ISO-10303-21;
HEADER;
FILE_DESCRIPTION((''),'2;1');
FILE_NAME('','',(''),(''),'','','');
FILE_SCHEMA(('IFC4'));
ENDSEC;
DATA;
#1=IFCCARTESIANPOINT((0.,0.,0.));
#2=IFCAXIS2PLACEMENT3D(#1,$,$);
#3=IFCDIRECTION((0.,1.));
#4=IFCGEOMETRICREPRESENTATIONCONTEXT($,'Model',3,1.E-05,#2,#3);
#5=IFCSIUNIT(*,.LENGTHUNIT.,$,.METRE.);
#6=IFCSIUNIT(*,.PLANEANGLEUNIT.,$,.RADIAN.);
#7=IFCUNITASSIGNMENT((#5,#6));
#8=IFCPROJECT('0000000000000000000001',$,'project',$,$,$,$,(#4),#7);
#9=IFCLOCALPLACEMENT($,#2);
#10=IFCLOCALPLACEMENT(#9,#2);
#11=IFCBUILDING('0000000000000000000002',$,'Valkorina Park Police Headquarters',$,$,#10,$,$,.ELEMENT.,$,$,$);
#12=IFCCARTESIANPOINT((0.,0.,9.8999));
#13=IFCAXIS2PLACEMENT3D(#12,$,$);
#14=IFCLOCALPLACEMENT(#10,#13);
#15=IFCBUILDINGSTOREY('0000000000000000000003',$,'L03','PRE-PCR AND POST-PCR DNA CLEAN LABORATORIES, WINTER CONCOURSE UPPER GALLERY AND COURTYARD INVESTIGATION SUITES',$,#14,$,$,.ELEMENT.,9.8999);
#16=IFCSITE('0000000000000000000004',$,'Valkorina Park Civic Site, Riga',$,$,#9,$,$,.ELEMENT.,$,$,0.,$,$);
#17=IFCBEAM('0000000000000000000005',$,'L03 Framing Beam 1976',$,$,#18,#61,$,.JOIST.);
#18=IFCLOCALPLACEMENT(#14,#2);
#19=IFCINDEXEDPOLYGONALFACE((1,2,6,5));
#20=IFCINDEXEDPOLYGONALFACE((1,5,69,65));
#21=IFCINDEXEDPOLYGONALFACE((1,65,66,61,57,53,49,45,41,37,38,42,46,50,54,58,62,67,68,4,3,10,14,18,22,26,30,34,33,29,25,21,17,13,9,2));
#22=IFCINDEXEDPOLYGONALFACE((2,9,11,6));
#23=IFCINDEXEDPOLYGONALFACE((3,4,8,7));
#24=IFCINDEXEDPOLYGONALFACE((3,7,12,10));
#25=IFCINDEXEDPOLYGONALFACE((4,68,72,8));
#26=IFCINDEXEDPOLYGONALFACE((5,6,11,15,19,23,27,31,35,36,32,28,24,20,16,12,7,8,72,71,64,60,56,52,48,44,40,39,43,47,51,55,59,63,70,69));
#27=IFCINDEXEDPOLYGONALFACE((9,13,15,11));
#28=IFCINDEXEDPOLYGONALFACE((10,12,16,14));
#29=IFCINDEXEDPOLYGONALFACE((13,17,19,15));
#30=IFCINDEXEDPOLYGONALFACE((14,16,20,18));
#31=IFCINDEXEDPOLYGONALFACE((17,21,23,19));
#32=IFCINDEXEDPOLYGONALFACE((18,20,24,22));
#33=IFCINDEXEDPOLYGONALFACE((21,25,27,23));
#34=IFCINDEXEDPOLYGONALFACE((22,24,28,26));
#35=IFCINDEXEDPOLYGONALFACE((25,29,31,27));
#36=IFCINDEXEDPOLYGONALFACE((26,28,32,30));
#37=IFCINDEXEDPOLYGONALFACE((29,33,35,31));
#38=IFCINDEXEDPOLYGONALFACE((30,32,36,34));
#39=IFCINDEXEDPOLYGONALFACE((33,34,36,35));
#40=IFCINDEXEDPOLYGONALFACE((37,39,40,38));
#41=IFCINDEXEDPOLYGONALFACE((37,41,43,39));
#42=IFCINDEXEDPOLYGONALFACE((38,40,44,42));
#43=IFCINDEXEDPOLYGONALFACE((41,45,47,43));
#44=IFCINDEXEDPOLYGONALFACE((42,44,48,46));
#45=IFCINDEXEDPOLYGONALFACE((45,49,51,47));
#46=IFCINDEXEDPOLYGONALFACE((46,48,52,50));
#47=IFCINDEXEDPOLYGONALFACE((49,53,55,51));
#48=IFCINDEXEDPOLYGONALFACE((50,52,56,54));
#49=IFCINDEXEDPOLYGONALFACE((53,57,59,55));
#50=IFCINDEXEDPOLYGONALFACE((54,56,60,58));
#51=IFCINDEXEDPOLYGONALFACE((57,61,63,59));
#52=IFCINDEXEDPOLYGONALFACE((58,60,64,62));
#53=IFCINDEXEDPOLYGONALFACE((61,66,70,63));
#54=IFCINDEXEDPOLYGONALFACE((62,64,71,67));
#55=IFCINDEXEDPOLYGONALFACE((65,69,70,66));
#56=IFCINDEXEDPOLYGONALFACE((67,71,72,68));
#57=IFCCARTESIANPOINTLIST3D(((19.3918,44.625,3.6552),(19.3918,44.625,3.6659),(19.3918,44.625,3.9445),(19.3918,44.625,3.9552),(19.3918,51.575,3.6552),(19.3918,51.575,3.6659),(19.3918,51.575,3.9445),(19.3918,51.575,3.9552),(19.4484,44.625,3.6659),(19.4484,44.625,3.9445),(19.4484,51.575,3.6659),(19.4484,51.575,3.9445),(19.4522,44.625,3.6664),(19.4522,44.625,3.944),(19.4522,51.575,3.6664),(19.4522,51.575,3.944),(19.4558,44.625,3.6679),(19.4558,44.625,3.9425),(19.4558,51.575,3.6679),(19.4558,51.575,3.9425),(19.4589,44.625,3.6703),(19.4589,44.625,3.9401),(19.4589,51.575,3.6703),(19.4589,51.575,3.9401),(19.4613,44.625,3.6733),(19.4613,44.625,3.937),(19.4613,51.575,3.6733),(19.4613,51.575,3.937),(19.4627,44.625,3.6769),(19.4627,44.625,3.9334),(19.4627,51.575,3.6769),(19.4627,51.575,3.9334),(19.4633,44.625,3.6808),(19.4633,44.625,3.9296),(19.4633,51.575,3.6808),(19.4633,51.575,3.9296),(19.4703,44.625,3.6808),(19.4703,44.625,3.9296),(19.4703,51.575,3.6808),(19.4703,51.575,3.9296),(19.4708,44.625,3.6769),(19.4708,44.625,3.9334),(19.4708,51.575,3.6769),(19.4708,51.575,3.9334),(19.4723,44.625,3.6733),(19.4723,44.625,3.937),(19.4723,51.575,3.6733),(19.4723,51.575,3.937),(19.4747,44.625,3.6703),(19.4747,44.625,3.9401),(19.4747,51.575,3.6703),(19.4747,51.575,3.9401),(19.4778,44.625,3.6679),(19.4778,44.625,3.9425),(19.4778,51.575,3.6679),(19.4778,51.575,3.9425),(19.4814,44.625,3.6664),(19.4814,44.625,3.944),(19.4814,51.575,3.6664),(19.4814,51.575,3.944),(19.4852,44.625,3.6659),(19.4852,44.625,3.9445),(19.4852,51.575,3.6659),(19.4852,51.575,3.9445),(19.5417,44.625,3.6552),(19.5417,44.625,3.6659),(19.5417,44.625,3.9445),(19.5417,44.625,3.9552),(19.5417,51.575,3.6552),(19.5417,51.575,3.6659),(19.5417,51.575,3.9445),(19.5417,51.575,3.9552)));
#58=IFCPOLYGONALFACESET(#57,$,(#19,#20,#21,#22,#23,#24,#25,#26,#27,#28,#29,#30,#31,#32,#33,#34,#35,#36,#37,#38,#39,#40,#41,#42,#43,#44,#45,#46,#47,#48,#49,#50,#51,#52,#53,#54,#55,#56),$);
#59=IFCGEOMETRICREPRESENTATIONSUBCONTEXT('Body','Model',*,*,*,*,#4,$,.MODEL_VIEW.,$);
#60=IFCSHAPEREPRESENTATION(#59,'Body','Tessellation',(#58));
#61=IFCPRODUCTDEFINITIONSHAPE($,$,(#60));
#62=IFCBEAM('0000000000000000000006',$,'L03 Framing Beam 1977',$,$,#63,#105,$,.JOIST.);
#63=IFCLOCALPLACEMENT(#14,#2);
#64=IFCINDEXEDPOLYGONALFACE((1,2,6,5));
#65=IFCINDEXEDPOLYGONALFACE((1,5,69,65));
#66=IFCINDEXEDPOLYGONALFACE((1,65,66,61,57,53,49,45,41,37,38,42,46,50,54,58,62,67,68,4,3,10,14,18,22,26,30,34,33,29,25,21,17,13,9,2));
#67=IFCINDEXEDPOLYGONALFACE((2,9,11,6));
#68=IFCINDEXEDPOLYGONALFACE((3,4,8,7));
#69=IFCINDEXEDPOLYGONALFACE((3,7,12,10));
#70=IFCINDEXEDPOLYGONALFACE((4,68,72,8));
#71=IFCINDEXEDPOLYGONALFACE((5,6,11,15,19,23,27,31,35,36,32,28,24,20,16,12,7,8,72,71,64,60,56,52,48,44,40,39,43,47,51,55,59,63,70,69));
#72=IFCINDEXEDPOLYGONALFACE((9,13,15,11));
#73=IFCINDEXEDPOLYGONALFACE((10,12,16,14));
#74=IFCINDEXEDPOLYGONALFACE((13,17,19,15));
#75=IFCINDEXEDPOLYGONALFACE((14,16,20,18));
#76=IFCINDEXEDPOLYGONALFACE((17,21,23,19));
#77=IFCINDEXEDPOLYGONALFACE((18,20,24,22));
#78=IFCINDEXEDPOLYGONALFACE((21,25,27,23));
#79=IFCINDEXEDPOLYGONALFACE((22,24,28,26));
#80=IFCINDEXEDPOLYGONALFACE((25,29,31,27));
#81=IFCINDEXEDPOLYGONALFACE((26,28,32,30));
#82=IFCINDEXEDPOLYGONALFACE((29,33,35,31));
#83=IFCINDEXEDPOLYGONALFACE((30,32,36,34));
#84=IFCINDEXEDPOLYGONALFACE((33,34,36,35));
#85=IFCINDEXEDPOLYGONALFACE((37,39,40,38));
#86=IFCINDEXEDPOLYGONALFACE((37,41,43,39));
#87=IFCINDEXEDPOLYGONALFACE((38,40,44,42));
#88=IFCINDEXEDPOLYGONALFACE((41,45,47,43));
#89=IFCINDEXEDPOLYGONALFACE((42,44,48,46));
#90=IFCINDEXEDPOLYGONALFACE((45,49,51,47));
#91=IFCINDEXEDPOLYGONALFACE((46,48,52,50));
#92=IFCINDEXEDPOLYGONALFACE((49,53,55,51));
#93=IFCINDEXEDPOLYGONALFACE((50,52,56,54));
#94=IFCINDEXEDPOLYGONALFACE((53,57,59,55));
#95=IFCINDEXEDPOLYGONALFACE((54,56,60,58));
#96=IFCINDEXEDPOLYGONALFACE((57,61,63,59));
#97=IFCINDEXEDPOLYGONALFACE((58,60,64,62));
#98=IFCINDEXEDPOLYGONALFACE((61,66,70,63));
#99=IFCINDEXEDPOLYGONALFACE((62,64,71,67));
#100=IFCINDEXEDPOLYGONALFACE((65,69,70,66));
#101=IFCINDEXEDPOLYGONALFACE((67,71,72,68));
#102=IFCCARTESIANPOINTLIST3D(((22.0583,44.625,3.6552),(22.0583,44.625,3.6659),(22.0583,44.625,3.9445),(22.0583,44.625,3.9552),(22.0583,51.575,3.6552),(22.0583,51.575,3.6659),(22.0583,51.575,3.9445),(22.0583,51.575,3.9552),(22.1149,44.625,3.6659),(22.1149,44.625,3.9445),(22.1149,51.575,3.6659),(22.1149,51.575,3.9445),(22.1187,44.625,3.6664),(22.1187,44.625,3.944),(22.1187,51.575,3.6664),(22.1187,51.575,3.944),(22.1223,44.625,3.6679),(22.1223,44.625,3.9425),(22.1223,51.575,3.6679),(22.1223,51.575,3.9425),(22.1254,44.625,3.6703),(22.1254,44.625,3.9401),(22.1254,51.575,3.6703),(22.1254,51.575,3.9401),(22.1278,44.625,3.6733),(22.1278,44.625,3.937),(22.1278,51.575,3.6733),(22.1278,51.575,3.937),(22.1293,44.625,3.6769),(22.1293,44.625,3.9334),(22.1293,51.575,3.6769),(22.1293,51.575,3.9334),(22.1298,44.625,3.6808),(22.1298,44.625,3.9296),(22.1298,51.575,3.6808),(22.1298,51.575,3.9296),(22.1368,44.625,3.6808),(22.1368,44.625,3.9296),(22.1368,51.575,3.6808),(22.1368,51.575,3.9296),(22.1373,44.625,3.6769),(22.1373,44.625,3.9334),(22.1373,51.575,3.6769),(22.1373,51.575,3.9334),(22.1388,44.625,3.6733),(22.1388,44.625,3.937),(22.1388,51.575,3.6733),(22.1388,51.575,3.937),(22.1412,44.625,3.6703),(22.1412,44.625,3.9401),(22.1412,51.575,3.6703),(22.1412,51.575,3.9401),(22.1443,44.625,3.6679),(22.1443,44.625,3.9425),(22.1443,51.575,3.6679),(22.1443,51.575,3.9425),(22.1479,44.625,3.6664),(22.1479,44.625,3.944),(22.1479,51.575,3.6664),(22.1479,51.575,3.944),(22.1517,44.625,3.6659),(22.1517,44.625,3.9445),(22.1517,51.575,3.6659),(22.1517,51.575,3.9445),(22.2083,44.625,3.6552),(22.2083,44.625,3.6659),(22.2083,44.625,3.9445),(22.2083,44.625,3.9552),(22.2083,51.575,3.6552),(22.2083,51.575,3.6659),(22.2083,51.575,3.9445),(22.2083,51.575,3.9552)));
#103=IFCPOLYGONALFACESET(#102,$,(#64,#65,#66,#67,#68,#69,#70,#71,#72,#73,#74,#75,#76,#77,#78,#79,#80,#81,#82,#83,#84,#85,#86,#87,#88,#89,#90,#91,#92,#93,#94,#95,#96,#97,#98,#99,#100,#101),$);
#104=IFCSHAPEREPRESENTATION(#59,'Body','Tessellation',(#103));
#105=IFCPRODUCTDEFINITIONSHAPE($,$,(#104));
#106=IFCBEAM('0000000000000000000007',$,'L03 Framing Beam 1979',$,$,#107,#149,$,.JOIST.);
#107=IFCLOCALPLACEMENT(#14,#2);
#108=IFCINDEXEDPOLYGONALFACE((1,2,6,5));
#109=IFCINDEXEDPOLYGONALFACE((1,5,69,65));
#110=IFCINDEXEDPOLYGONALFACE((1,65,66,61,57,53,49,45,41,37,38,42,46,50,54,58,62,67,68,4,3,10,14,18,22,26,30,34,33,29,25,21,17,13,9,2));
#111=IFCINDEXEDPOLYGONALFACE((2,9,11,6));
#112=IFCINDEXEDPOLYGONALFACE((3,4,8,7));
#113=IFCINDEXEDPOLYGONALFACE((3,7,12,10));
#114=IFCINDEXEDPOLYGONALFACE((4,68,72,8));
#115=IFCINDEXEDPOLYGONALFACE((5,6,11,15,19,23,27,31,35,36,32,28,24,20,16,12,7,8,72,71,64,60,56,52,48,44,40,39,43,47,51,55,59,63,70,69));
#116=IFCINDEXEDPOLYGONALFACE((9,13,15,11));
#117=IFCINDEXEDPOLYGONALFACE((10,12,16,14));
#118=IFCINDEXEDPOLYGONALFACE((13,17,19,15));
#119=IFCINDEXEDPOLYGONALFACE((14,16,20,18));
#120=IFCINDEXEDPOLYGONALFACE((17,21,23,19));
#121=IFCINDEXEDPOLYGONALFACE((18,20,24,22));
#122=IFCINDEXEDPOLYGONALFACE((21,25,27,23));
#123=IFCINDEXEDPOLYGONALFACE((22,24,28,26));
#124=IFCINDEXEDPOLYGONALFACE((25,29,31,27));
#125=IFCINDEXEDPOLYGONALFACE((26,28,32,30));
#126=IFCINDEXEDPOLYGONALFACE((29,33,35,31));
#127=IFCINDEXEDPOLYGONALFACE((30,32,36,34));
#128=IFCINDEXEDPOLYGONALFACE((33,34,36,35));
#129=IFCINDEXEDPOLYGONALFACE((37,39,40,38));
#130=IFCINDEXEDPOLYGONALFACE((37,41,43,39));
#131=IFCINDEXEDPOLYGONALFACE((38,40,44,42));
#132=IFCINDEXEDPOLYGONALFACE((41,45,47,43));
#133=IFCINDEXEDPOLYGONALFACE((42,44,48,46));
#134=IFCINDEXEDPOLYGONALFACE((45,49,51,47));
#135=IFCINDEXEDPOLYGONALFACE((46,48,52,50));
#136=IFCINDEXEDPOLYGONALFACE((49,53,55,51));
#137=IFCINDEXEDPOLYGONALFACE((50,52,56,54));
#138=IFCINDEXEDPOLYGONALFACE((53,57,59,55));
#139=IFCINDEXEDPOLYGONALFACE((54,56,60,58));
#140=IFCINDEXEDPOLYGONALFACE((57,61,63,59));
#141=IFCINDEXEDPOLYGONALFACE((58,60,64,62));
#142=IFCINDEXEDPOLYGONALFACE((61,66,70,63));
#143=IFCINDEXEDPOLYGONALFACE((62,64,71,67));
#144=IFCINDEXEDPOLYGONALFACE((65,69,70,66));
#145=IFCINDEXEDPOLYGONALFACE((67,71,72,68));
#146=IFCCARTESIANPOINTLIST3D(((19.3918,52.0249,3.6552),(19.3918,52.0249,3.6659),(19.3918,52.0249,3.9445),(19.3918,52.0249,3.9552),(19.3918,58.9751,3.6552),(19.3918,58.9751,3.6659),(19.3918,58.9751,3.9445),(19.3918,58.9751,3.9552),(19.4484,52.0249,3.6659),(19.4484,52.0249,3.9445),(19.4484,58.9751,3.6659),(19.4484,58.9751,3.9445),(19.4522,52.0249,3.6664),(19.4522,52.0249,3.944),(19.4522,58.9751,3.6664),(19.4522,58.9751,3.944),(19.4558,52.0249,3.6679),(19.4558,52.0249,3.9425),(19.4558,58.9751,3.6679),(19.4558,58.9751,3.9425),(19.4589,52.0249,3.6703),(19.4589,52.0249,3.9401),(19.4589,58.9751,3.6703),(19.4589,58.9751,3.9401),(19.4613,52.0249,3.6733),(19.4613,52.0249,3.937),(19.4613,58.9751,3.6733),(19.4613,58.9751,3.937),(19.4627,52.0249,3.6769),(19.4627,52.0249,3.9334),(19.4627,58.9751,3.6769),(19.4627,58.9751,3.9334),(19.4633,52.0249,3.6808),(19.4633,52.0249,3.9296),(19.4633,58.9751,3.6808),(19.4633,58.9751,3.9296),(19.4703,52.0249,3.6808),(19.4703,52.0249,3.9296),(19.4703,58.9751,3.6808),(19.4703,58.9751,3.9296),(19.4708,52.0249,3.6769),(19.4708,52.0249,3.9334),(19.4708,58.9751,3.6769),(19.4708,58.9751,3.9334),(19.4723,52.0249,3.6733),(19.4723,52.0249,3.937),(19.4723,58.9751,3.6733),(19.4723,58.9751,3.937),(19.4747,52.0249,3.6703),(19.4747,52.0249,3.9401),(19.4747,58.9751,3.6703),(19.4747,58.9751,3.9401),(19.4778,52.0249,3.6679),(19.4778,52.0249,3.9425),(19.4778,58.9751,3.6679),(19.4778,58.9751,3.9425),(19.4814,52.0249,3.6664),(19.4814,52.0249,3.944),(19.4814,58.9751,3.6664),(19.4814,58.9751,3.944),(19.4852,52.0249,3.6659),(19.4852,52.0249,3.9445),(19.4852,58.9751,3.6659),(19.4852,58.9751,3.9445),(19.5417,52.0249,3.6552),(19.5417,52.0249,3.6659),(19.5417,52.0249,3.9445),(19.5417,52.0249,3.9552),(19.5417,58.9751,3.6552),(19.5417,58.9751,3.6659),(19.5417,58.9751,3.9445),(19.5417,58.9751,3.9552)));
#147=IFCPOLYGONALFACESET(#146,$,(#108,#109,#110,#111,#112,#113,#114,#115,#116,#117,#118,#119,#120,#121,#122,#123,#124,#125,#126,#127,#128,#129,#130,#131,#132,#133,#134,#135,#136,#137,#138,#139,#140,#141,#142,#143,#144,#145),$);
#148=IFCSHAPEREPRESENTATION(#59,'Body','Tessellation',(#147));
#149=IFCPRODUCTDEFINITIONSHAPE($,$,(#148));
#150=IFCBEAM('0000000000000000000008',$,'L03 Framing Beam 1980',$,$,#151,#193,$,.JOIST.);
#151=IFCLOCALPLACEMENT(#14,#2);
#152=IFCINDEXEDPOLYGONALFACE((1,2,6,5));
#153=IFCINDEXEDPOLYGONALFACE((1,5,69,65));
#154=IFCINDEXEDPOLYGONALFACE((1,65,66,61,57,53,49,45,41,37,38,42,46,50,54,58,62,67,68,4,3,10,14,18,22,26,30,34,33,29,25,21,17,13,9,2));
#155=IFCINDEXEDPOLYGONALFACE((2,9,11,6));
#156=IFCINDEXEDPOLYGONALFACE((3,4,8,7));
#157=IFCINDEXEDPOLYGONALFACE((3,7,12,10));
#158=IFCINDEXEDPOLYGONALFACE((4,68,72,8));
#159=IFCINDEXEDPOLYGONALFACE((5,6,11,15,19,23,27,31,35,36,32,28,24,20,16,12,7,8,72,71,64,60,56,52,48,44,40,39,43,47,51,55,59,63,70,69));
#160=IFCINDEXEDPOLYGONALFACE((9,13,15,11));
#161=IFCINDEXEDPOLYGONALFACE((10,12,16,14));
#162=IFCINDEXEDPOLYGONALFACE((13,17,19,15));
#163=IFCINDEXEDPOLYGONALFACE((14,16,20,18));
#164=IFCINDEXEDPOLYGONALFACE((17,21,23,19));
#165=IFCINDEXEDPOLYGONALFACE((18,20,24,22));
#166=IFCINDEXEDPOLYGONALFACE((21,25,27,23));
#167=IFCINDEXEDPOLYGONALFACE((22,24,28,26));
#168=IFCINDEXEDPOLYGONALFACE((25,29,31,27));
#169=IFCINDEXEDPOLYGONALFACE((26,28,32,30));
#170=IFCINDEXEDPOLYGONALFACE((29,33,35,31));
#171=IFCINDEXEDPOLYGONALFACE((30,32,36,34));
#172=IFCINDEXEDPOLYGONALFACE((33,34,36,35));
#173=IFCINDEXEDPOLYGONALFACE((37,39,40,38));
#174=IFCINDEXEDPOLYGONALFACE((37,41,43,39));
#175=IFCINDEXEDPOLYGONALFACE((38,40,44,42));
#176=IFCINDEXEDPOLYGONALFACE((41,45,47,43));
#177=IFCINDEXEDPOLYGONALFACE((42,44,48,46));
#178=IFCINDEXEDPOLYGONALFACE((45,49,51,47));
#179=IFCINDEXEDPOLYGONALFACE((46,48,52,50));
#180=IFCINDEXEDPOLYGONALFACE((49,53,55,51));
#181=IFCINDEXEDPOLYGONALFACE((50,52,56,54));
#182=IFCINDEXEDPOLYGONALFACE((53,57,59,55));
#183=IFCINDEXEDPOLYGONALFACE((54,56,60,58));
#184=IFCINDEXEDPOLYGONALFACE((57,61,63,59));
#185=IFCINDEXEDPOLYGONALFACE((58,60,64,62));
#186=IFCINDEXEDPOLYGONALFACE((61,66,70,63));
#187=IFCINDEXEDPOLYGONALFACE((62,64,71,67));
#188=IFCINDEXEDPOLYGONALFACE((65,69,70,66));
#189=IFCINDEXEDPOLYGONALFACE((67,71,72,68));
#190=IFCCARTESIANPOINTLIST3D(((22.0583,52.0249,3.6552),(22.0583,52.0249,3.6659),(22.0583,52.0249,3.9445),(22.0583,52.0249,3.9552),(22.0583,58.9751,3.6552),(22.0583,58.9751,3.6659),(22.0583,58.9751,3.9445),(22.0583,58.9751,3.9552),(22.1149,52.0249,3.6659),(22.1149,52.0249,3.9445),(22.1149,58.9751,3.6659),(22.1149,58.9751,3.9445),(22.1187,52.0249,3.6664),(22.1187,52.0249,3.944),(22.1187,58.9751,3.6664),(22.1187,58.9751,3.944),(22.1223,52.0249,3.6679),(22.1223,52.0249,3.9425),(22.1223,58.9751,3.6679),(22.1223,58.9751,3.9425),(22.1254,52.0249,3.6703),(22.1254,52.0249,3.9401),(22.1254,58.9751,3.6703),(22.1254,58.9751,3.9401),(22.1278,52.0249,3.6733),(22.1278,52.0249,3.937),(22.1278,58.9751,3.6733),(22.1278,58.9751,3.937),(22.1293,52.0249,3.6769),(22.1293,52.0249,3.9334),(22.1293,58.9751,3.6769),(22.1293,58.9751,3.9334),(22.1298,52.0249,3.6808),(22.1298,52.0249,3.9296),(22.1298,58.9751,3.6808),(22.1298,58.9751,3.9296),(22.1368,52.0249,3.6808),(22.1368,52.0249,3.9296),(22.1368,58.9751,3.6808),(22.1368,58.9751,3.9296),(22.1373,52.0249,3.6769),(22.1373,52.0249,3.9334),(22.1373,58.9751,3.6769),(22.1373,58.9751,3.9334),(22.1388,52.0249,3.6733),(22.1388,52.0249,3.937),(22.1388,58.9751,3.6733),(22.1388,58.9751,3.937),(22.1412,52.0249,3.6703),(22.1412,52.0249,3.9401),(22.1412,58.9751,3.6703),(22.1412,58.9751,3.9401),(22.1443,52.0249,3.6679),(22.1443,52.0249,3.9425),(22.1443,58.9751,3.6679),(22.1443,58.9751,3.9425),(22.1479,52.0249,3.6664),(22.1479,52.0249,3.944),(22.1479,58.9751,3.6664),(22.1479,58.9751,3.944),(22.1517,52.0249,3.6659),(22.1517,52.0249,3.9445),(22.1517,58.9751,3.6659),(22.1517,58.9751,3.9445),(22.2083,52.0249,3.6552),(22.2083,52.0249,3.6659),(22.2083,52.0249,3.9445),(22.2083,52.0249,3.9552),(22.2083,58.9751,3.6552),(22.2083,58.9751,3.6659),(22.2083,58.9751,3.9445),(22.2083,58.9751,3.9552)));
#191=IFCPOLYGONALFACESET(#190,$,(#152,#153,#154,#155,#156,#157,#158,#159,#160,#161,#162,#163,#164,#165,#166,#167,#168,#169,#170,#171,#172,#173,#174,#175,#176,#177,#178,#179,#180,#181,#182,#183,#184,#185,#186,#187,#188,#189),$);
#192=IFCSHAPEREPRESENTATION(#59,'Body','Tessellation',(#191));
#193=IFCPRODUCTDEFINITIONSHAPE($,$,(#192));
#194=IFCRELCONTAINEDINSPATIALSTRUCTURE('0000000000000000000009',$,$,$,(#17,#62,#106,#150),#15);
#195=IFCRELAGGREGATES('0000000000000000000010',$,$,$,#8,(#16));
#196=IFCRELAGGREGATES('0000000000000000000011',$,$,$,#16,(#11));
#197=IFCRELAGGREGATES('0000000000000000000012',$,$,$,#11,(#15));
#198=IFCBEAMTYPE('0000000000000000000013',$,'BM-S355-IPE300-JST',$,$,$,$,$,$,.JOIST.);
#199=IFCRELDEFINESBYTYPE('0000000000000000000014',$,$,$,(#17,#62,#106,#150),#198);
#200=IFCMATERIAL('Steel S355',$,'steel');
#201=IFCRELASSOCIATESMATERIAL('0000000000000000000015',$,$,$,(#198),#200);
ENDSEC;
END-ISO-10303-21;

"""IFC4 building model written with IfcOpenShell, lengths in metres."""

from ifc_helpers import new_model, si_unit, direction, frame, origin, origin_2d, place, context, subcontext, project, spatial, i_section, extrude, material, material_profile, profile_set, type_object, element, save


model = new_model("IFC4")

# Units and contexts
model_context = context("Model", 3, precision=1e-05, world=origin(), true_north=direction((0.0, 1.0)))
body_context = subcontext(model_context, "Body", "Model", "MODEL_VIEW")
ifc_project = project(units=[si_unit("LENGTHUNIT", "METRE"), si_unit("PLANEANGLEUNIT", "RADIAN")], contexts=[model_context])

# Site, building, storey
site_placement = place(None, origin())
site = spatial("IfcSite", under=ifc_project, at=site_placement, Name="Valkorina Park Civic Site, Riga", CompositionType="ELEMENT", RefElevation=0.0)
building_placement = place(site_placement, origin())
building = spatial("IfcBuilding", under=site, at=building_placement, Name="Valkorina Park Police Headquarters", CompositionType="ELEMENT")
storey_placement = place(building_placement, frame((0.0, 0.0, 9.8999)))
storey = spatial("IfcBuildingStorey", under=building, at=storey_placement, Name="L03", Description="PRE-PCR AND POST-PCR DNA CLEAN LABORATORIES, WINTER CONCOURSE UPPER GALLERY AND COURTYARD INVESTIGATION SUITES", CompositionType="ELEMENT", Elevation=9.8999)

# Shared definitions
ifc_material_1 = material(Name="Steel S355", Category="steel")

# Beams
ifc_material_profile_1 = material_profile(ifc_material_1, i_section(OverallWidth=0.1499, OverallDepth=0.3, WebThickness=0.0071, FlangeThickness=0.0107, FilletRadius=0.0149, at=origin_2d()), Name="IPE 300")
ifc_profile_set_1 = profile_set([ifc_material_profile_1], Name="Steel S355")
beam_type_1 = type_object("IfcBeamType", Name="BM-S355-IPE300-JST", PredefinedType="JOIST", material=ifc_profile_set_1)
for number, where, z_axis, x_axis, name in (
    (1, (19.4668, 44.625, 3.8052), (0.0, 1.0, 0.0), (-1.0, 0.0, 0.0), "L03 Framing Beam 1976"),
    (2, (22.1333, 44.625, 3.8052), (0.0, 1.0, 0.0), (-1.0, 0.0, 0.0), "L03 Framing Beam 1977"),
):
    element("IfcBeam", number, at=place(storey_placement, frame(where, z_axis=z_axis, x_axis=x_axis)), inside=storey, type_object=beam_type_1, Name=name, PredefinedType="JOIST", context=body_context, shape_type="SweptSolid", body=[
        extrude(i_section(OverallWidth=0.1499, OverallDepth=0.3, WebThickness=0.0071, FlangeThickness=0.0107, FilletRadius=0.0149, at=origin_2d()), origin(), (0.0, 0.0, 1.0), 6.95),
    ])
for number, where, z_axis, x_axis, name in (
    (3, (19.4668, 52.0249, 3.8052), (0.0, 1.0, 0.0), (-1.0, 0.0, 0.0), "L03 Framing Beam 1979"),
    (4, (22.1333, 52.0249, 3.8052), (0.0, 1.0, 0.0), (-1.0, 0.0, 0.0), "L03 Framing Beam 1980"),
):
    element("IfcBeam", number, at=place(storey_placement, frame(where, z_axis=z_axis, x_axis=x_axis)), inside=storey, type_object=beam_type_1, Name=name, PredefinedType="JOIST", context=body_context, shape_type="SweptSolid", body=[
        extrude(i_section(OverallWidth=0.1499, OverallDepth=0.3, WebThickness=0.0071, FlangeThickness=0.0107, FilletRadius=0.0149, at=origin_2d()), origin(), (0.0, 0.0, 1.0), 6.9502),
    ])

save(model, "model.ifc")
